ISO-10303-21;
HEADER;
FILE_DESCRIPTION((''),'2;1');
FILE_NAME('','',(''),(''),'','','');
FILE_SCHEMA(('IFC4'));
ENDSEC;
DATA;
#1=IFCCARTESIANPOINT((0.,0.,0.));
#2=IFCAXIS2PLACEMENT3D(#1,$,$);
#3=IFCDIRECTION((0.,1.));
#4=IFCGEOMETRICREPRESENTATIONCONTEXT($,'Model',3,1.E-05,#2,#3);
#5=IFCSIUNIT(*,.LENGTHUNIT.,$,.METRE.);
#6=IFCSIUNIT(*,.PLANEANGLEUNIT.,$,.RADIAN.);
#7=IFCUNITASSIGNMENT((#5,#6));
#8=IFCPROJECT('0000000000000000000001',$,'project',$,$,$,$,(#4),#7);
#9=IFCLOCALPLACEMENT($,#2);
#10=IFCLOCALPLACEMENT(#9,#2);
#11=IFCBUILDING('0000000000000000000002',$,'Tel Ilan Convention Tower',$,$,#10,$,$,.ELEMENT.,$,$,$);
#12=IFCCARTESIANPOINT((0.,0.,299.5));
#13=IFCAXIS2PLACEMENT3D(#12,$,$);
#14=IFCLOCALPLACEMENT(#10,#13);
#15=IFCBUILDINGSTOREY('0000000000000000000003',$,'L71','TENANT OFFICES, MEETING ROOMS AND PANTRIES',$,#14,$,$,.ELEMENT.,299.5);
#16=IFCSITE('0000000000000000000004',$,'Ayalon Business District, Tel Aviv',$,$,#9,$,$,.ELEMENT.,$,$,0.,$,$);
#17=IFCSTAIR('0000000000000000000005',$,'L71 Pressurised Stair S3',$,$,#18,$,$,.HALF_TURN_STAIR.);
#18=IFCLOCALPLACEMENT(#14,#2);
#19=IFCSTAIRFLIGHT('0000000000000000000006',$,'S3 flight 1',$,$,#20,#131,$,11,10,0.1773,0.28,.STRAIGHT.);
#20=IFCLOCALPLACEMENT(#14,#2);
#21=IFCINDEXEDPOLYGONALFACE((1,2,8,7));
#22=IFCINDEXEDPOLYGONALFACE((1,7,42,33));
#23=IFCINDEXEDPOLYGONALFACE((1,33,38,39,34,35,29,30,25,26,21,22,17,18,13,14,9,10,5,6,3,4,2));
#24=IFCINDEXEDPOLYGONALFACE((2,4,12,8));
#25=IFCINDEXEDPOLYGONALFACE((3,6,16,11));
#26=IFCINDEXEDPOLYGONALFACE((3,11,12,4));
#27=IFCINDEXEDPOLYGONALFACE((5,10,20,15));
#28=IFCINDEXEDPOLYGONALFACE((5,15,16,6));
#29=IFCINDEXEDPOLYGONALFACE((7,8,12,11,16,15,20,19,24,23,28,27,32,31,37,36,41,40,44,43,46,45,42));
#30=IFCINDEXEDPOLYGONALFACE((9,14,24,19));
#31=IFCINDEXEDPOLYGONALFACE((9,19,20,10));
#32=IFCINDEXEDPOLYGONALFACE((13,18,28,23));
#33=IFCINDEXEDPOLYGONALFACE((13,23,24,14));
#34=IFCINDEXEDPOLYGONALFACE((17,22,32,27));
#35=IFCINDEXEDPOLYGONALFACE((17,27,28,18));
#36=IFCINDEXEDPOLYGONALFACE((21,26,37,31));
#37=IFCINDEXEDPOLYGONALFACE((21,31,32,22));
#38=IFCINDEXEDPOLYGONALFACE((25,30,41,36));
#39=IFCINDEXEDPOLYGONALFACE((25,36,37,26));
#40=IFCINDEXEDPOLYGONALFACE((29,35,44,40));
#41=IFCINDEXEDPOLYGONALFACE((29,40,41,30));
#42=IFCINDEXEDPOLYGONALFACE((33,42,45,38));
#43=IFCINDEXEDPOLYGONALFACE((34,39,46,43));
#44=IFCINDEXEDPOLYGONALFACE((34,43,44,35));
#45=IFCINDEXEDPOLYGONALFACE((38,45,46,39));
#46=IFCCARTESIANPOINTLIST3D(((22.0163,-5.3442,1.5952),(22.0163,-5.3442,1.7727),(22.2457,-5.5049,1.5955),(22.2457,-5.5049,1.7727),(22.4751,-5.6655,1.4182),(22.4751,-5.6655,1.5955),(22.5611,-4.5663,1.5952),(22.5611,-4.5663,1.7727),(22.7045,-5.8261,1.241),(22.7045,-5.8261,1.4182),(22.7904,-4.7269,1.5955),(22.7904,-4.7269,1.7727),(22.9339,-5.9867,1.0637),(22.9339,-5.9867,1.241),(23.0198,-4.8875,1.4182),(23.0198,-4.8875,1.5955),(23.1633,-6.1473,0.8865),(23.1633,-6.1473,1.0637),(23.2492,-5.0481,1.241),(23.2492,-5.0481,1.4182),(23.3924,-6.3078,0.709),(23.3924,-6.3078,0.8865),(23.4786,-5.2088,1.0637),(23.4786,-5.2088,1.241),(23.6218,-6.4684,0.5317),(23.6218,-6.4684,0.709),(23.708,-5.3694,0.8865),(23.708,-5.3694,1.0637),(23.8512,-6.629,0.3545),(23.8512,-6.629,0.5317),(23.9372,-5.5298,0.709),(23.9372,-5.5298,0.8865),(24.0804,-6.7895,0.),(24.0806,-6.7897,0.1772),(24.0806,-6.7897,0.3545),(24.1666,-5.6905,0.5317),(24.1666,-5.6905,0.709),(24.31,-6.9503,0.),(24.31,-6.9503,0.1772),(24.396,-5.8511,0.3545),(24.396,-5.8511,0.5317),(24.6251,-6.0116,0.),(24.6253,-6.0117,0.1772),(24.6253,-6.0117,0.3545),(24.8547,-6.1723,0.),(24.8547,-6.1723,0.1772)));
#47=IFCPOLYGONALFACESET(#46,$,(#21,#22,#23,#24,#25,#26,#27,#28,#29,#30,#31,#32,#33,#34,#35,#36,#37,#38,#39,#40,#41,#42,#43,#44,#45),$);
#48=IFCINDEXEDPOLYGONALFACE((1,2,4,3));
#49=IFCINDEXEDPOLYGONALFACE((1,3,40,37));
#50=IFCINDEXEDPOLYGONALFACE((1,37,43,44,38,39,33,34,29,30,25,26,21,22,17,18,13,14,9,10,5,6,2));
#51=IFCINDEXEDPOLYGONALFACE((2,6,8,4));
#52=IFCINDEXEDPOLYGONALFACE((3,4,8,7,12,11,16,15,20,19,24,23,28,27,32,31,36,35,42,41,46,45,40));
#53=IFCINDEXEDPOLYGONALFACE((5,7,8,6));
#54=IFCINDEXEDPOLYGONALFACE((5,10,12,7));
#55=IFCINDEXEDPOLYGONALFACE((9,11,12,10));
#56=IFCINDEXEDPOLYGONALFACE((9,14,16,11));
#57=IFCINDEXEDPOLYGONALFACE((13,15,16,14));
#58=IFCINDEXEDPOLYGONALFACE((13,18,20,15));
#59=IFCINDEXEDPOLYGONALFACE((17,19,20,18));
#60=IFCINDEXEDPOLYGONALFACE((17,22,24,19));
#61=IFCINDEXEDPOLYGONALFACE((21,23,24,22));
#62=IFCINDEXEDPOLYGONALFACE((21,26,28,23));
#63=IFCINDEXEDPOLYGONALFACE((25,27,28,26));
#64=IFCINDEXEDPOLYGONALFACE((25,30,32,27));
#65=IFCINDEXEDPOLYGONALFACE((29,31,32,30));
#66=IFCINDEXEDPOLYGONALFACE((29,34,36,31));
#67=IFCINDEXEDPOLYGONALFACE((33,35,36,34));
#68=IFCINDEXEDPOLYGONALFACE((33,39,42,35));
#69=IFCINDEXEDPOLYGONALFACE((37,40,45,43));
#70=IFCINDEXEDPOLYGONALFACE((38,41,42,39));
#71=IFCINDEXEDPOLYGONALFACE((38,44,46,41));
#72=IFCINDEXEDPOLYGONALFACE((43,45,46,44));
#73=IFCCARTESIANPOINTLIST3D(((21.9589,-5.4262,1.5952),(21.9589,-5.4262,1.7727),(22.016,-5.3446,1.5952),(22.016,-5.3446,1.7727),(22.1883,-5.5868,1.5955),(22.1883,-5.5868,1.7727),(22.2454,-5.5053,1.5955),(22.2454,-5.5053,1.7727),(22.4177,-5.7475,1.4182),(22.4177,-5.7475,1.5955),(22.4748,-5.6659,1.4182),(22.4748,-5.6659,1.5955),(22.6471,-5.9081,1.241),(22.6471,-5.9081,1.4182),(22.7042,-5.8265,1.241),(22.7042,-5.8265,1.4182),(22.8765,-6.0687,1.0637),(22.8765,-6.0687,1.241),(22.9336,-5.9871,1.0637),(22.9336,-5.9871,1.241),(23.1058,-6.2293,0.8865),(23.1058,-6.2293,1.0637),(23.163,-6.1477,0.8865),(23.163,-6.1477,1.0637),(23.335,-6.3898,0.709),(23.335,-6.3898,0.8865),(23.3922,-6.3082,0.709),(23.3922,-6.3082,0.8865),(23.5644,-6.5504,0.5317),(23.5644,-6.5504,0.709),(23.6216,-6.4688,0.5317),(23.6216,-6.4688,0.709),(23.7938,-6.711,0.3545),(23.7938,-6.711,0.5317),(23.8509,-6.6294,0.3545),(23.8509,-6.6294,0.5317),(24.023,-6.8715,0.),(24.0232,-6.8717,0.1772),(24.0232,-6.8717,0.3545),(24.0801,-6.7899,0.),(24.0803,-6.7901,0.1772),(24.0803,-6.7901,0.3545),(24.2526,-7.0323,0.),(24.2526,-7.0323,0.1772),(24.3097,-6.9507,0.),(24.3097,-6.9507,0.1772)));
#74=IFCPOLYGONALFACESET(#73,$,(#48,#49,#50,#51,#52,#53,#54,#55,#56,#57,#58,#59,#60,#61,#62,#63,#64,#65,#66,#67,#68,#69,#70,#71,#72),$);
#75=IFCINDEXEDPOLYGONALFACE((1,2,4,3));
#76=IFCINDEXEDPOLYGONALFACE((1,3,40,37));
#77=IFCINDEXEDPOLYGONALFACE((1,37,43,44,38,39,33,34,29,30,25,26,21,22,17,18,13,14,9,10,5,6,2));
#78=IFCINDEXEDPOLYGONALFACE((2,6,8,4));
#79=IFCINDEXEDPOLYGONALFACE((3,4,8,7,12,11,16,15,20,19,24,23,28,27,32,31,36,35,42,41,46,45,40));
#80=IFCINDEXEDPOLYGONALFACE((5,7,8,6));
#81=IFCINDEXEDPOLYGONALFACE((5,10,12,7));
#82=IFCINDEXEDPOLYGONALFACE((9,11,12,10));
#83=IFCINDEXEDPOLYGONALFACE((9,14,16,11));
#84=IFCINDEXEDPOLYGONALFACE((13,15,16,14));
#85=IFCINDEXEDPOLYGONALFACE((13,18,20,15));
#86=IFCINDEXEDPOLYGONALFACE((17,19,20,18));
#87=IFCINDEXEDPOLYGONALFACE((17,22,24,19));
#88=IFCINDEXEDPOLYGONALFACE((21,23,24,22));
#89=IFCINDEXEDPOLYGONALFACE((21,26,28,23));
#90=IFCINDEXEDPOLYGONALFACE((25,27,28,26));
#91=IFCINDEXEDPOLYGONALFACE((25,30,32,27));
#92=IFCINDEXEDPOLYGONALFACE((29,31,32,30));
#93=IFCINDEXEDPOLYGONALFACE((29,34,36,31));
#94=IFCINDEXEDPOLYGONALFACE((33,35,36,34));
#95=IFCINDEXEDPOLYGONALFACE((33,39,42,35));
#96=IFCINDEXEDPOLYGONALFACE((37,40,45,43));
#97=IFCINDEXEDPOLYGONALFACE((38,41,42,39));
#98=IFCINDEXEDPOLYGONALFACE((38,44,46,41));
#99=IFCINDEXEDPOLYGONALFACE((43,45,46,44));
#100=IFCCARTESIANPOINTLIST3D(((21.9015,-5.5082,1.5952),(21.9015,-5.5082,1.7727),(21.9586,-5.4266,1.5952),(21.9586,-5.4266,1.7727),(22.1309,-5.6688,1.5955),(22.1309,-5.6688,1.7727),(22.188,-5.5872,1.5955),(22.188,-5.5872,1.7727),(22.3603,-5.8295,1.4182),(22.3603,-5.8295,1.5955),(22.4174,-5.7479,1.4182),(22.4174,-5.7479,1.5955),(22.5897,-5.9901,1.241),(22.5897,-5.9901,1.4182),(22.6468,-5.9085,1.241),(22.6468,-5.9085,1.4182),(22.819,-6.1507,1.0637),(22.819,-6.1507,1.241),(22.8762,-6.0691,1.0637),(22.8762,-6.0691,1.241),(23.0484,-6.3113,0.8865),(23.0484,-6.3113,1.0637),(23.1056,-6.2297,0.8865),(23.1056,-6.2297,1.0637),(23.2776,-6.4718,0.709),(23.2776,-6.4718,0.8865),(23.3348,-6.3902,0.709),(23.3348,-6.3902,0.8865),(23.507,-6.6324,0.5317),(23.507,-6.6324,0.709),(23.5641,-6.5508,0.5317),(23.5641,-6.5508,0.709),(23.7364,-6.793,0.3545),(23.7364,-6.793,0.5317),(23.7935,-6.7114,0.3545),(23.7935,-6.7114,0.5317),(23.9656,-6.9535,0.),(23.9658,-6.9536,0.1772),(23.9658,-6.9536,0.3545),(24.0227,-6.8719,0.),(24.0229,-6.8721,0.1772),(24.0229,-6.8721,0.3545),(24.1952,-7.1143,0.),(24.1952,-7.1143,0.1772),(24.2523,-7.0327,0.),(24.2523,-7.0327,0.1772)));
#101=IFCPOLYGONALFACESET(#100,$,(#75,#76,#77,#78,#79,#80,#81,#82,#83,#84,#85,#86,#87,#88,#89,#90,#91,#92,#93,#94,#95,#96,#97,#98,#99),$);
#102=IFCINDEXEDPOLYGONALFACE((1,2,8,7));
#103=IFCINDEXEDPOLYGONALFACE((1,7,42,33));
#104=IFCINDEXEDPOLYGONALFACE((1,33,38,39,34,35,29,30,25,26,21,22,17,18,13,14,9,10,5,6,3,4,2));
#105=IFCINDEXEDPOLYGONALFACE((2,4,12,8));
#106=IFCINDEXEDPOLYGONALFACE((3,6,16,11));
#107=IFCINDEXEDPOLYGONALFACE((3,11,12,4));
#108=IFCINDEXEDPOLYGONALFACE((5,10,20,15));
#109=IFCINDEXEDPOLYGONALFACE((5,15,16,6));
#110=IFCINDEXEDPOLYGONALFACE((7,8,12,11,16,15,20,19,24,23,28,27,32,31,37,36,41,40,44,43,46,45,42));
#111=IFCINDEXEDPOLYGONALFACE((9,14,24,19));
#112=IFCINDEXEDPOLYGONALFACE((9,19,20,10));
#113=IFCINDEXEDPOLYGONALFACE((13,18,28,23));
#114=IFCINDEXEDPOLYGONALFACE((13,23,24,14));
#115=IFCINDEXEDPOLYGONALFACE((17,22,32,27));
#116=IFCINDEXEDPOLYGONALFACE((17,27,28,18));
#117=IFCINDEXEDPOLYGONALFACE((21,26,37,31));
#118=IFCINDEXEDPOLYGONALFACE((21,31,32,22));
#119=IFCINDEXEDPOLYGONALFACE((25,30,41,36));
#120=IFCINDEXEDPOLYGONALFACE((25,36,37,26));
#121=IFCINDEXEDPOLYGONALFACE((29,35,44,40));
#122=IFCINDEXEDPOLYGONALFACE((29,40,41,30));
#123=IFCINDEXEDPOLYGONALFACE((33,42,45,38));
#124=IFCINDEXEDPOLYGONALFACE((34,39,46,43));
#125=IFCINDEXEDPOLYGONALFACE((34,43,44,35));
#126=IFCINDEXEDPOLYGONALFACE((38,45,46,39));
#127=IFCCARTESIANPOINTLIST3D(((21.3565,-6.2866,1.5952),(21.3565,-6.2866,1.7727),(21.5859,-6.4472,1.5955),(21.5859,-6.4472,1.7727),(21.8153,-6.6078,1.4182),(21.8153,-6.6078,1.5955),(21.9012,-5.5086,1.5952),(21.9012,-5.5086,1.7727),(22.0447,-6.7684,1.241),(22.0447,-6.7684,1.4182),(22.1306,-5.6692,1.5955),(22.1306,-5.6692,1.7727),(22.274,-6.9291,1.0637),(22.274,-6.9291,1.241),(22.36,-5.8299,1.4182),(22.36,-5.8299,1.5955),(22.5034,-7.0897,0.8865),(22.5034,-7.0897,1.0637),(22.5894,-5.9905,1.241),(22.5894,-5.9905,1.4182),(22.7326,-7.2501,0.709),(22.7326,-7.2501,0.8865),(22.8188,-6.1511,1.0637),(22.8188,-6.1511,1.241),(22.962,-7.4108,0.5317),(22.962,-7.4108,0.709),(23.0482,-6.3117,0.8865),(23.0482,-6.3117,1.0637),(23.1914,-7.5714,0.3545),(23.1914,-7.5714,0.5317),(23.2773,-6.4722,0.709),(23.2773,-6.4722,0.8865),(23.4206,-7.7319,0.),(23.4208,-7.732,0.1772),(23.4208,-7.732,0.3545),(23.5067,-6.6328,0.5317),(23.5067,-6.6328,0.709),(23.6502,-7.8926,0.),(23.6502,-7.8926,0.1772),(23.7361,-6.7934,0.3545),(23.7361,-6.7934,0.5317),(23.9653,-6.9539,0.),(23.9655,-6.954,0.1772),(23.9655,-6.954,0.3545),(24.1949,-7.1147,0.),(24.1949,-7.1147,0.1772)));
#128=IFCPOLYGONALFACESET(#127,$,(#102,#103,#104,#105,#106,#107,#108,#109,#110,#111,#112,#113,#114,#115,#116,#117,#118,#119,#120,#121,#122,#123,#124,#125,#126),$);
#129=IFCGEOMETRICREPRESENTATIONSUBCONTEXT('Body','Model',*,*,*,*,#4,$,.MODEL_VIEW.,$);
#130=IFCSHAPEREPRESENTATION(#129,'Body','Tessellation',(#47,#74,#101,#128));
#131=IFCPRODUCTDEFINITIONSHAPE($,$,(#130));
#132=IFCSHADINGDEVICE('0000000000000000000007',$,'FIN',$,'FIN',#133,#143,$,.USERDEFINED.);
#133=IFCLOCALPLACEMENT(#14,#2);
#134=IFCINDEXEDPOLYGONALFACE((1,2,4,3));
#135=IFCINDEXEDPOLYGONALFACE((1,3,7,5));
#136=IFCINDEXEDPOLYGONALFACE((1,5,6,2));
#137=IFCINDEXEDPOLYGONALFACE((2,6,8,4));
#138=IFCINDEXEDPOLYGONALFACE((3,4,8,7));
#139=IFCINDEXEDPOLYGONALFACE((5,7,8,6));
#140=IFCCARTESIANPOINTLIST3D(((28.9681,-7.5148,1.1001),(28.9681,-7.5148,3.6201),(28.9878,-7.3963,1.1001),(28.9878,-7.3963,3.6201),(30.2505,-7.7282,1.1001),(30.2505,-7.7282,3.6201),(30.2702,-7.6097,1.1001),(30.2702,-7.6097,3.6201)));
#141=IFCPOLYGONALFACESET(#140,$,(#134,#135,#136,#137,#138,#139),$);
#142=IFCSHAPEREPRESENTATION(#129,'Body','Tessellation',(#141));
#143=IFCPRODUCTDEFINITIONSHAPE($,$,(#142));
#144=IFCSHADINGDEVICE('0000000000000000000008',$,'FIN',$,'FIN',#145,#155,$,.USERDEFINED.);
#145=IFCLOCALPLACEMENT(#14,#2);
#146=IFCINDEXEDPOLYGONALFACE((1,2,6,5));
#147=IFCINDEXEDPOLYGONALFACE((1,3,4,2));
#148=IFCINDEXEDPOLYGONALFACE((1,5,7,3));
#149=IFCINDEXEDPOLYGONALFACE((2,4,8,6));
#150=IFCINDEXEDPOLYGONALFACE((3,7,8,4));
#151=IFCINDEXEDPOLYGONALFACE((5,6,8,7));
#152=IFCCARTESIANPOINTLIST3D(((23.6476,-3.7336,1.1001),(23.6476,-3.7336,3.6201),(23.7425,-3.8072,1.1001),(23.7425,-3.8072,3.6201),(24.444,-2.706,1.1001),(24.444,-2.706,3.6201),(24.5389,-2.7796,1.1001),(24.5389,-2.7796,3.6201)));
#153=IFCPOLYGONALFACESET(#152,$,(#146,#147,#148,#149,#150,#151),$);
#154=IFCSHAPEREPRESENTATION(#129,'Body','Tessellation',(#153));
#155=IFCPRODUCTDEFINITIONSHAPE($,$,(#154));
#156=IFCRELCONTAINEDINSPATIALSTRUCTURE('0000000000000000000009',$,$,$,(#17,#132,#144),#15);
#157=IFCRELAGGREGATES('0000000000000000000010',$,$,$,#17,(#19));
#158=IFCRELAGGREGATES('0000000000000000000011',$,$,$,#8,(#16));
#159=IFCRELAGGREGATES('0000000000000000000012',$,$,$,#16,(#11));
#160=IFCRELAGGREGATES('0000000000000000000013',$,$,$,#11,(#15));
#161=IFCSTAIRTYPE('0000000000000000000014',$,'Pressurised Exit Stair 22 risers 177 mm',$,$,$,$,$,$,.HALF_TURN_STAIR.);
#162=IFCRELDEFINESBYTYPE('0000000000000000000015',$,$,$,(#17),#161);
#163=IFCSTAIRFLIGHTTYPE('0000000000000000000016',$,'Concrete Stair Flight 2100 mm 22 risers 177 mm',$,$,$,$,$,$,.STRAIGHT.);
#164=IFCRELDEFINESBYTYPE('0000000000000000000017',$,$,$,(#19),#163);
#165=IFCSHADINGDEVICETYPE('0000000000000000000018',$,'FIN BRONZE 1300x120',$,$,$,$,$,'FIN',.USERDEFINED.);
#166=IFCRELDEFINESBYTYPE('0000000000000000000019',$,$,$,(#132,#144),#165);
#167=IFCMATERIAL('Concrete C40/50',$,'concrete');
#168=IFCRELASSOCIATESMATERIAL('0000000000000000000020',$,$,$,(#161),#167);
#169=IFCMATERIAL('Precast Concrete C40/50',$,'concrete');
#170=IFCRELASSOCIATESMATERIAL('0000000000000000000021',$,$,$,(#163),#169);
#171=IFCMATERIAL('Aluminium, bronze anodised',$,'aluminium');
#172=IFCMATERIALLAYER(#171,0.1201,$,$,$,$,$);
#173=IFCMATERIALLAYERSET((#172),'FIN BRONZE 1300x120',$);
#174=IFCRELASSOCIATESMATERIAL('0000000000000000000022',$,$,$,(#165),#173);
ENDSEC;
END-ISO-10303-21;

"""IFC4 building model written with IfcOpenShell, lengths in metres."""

from ifc_helpers import new_model, si_unit, direction, frame, origin, origin_2d, place, context, subcontext, project, spatial, polyline, rectangle, outline, extrude, material, layer, layer_set, type_object, element, aggregate, save


model = new_model("IFC4")

# Units and contexts
model_context = context("Model", 3, precision=1e-05, world=origin(), true_north=direction((0.0, 1.0)))
body_context = subcontext(model_context, "Body", "Model", "MODEL_VIEW")
ifc_project = project(units=[si_unit("LENGTHUNIT", "METRE"), si_unit("PLANEANGLEUNIT", "RADIAN")], contexts=[model_context])

# Site, building, storey
site_placement = place(None, origin())
site = spatial("IfcSite", under=ifc_project, at=site_placement, Name="Ayalon Business District, Tel Aviv", CompositionType="ELEMENT", RefElevation=0.0)
building_placement = place(site_placement, origin())
building = spatial("IfcBuilding", under=site, at=building_placement, Name="Tel Ilan Convention Tower", CompositionType="ELEMENT")
storey_placement = place(building_placement, frame((0.0, 0.0, 299.5)))
storey = spatial("IfcBuildingStorey", under=building, at=storey_placement, Name="L71", Description="TENANT OFFICES, MEETING ROOMS AND PANTRIES", CompositionType="ELEMENT", Elevation=299.5)

# Stair, stair flight
ifc_material_1 = material(Name="Concrete C40/50", Category="concrete")
stair_type = type_object("IfcStairType", Name="Pressurised Exit Stair 22 risers 177 mm", PredefinedType="HALF_TURN_STAIR", material=ifc_material_1)
stair_placement = place(storey_placement, origin())
stair = element("IfcStair", 1, at=stair_placement, inside=storey, type_object=stair_type, Name="L71 Pressurised Stair S3", PredefinedType="HALF_TURN_STAIR")
ifc_material_2 = material(Name="Precast Concrete C40/50", Category="concrete")
stair_flight_type = type_object("IfcStairFlightType", Name="Concrete Stair Flight 2100 mm 22 risers 177 mm", PredefinedType="STRAIGHT", material=ifc_material_2)
stair_flight_placement = place(storey_placement, frame((24.2524, -7.0325, 0.0), z_axis=(0.0, 0.0, 1.0), x_axis=(-0.819152, 0.573576, 0.0)))
stair_flight = element("IfcStairFlight", 2, at=stair_flight_placement, type_object=stair_flight_type, Name="S3 flight 1", NumberOfRisers=11, NumberOfTreads=10, PredefinedType="STRAIGHT", RiserHeight=0.1773, TreadLength=0.28, context=body_context, shape_type="SweptSolid", body=[
    extrude(outline(polyline([(0.0, 0.0), (0.0, 0.1772), (0.28, 0.1772), (0.28, 0.3545), (0.5601, 0.3545), (0.5601, 0.5317), (0.8401, 0.5317), (0.8401, 0.709), (1.1201, 0.709), (1.1201, 0.8865), (1.3999, 0.8865), (1.3999, 1.0637), (1.6799, 1.0637), (1.6799, 1.241), (1.96, 1.241), (1.96, 1.4182), (2.24, 1.4182), (2.24, 1.5955), (2.52, 1.5955), (2.52, 1.7727), (2.8, 1.7727), (2.8, 1.95), (2.8, 1.5952), (0.2803, 0.0), (0.0, 0.0)])), frame((0.0, -0.1003, 0.0), z_axis=(0.0, -1.0, 0.0), x_axis=(1.0, 0.0, 0.0)), (0.0, 0.0, 1.0), 0.9497),
    extrude(outline(polyline([(0.0, 0.0), (0.0, 0.1772), (0.28, 0.1772), (0.28, 0.3545), (0.5601, 0.3545), (0.5601, 0.5317), (0.8401, 0.5317), (0.8401, 0.709), (1.1201, 0.709), (1.1201, 0.8865), (1.3999, 0.8865), (1.3999, 1.0637), (1.6799, 1.0637), (1.6799, 1.241), (1.96, 1.241), (1.96, 1.4182), (2.24, 1.4182), (2.24, 1.5955), (2.52, 1.5955), (2.52, 1.7727), (2.8, 1.7727), (2.8, 1.95), (2.8, 1.5952), (0.2803, 0.0), (0.0, 0.0)])), frame((0.0, -0.0002, 0.0), z_axis=(0.0, -1.0, 0.0), x_axis=(1.0, 0.0, 0.0)), (0.0, 0.0, 1.0), 0.0996),
    extrude(outline(polyline([(0.0, 0.0), (0.0, 0.1772), (0.28, 0.1772), (0.28, 0.3545), (0.5601, 0.3545), (0.5601, 0.5317), (0.8401, 0.5317), (0.8401, 0.709), (1.1201, 0.709), (1.1201, 0.8865), (1.3999, 0.8865), (1.3999, 1.0637), (1.6799, 1.0637), (1.6799, 1.241), (1.96, 1.241), (1.96, 1.4182), (2.24, 1.4182), (2.24, 1.5955), (2.52, 1.5955), (2.52, 1.7727), (2.8, 1.7727), (2.8, 1.95), (2.8, 1.5952), (0.2803, 0.0), (0.0, 0.0)])), frame((0.0, 0.0999, 0.0), z_axis=(0.0, -1.0, 0.0), x_axis=(1.0, 0.0, 0.0)), (0.0, 0.0, 1.0), 0.0996),
    extrude(outline(polyline([(0.0, 0.0), (0.0, 0.1772), (0.28, 0.1772), (0.28, 0.3545), (0.5601, 0.3545), (0.5601, 0.5317), (0.8401, 0.5317), (0.8401, 0.709), (1.1201, 0.709), (1.1201, 0.8865), (1.3999, 0.8865), (1.3999, 1.0637), (1.6799, 1.0637), (1.6799, 1.241), (1.96, 1.241), (1.96, 1.4182), (2.24, 1.4182), (2.24, 1.5955), (2.52, 1.5955), (2.52, 1.7727), (2.8, 1.7727), (2.8, 1.95), (2.8, 1.5952), (0.2803, 0.0), (0.0, 0.0)])), frame((0.0, 1.05, 0.0), z_axis=(0.0, -1.0, 0.0), x_axis=(1.0, 0.0, 0.0)), (0.0, 0.0, 1.0), 0.9497),
])
aggregate(stair, [stair_flight])

# Shading devices
ifc_material_3 = material(Name="Aluminium, bronze anodised", Category="aluminium")
ifc_layer_1 = layer(ifc_material_3, 0.1201)
ifc_layer_set_1 = layer_set([ifc_layer_1], Name="FIN BRONZE 1300x120")
shading_device_type = type_object("IfcShadingDeviceType", Name="FIN BRONZE 1300x120", ElementType="FIN", PredefinedType="USERDEFINED", material=ifc_layer_set_1)
for number, where, z_axis, x_axis, name in (
    (3, (29.6191, -7.5623, 1.1001), (0.0, 0.0, 1.0), (0.986445, -0.164091, 0.0), "FIN"),
    (4, (24.0933, -3.2566, 1.1001), (0.0, 0.0, 1.0), (0.612601, 0.790393, 0.0), "FIN"),
):
    element("IfcShadingDevice", number, at=place(storey_placement, frame(where, z_axis=z_axis, x_axis=x_axis)), inside=storey, type_object=shading_device_type, Name=name, ObjectType="FIN", PredefinedType="USERDEFINED", context=body_context, shape_type="SweptSolid", body=[
        extrude(rectangle(XDim=1.3, YDim=0.1201, at=origin_2d()), origin(), (0.0, 0.0, 1.0), 2.52),
    ])

save(model, "model.ifc")
